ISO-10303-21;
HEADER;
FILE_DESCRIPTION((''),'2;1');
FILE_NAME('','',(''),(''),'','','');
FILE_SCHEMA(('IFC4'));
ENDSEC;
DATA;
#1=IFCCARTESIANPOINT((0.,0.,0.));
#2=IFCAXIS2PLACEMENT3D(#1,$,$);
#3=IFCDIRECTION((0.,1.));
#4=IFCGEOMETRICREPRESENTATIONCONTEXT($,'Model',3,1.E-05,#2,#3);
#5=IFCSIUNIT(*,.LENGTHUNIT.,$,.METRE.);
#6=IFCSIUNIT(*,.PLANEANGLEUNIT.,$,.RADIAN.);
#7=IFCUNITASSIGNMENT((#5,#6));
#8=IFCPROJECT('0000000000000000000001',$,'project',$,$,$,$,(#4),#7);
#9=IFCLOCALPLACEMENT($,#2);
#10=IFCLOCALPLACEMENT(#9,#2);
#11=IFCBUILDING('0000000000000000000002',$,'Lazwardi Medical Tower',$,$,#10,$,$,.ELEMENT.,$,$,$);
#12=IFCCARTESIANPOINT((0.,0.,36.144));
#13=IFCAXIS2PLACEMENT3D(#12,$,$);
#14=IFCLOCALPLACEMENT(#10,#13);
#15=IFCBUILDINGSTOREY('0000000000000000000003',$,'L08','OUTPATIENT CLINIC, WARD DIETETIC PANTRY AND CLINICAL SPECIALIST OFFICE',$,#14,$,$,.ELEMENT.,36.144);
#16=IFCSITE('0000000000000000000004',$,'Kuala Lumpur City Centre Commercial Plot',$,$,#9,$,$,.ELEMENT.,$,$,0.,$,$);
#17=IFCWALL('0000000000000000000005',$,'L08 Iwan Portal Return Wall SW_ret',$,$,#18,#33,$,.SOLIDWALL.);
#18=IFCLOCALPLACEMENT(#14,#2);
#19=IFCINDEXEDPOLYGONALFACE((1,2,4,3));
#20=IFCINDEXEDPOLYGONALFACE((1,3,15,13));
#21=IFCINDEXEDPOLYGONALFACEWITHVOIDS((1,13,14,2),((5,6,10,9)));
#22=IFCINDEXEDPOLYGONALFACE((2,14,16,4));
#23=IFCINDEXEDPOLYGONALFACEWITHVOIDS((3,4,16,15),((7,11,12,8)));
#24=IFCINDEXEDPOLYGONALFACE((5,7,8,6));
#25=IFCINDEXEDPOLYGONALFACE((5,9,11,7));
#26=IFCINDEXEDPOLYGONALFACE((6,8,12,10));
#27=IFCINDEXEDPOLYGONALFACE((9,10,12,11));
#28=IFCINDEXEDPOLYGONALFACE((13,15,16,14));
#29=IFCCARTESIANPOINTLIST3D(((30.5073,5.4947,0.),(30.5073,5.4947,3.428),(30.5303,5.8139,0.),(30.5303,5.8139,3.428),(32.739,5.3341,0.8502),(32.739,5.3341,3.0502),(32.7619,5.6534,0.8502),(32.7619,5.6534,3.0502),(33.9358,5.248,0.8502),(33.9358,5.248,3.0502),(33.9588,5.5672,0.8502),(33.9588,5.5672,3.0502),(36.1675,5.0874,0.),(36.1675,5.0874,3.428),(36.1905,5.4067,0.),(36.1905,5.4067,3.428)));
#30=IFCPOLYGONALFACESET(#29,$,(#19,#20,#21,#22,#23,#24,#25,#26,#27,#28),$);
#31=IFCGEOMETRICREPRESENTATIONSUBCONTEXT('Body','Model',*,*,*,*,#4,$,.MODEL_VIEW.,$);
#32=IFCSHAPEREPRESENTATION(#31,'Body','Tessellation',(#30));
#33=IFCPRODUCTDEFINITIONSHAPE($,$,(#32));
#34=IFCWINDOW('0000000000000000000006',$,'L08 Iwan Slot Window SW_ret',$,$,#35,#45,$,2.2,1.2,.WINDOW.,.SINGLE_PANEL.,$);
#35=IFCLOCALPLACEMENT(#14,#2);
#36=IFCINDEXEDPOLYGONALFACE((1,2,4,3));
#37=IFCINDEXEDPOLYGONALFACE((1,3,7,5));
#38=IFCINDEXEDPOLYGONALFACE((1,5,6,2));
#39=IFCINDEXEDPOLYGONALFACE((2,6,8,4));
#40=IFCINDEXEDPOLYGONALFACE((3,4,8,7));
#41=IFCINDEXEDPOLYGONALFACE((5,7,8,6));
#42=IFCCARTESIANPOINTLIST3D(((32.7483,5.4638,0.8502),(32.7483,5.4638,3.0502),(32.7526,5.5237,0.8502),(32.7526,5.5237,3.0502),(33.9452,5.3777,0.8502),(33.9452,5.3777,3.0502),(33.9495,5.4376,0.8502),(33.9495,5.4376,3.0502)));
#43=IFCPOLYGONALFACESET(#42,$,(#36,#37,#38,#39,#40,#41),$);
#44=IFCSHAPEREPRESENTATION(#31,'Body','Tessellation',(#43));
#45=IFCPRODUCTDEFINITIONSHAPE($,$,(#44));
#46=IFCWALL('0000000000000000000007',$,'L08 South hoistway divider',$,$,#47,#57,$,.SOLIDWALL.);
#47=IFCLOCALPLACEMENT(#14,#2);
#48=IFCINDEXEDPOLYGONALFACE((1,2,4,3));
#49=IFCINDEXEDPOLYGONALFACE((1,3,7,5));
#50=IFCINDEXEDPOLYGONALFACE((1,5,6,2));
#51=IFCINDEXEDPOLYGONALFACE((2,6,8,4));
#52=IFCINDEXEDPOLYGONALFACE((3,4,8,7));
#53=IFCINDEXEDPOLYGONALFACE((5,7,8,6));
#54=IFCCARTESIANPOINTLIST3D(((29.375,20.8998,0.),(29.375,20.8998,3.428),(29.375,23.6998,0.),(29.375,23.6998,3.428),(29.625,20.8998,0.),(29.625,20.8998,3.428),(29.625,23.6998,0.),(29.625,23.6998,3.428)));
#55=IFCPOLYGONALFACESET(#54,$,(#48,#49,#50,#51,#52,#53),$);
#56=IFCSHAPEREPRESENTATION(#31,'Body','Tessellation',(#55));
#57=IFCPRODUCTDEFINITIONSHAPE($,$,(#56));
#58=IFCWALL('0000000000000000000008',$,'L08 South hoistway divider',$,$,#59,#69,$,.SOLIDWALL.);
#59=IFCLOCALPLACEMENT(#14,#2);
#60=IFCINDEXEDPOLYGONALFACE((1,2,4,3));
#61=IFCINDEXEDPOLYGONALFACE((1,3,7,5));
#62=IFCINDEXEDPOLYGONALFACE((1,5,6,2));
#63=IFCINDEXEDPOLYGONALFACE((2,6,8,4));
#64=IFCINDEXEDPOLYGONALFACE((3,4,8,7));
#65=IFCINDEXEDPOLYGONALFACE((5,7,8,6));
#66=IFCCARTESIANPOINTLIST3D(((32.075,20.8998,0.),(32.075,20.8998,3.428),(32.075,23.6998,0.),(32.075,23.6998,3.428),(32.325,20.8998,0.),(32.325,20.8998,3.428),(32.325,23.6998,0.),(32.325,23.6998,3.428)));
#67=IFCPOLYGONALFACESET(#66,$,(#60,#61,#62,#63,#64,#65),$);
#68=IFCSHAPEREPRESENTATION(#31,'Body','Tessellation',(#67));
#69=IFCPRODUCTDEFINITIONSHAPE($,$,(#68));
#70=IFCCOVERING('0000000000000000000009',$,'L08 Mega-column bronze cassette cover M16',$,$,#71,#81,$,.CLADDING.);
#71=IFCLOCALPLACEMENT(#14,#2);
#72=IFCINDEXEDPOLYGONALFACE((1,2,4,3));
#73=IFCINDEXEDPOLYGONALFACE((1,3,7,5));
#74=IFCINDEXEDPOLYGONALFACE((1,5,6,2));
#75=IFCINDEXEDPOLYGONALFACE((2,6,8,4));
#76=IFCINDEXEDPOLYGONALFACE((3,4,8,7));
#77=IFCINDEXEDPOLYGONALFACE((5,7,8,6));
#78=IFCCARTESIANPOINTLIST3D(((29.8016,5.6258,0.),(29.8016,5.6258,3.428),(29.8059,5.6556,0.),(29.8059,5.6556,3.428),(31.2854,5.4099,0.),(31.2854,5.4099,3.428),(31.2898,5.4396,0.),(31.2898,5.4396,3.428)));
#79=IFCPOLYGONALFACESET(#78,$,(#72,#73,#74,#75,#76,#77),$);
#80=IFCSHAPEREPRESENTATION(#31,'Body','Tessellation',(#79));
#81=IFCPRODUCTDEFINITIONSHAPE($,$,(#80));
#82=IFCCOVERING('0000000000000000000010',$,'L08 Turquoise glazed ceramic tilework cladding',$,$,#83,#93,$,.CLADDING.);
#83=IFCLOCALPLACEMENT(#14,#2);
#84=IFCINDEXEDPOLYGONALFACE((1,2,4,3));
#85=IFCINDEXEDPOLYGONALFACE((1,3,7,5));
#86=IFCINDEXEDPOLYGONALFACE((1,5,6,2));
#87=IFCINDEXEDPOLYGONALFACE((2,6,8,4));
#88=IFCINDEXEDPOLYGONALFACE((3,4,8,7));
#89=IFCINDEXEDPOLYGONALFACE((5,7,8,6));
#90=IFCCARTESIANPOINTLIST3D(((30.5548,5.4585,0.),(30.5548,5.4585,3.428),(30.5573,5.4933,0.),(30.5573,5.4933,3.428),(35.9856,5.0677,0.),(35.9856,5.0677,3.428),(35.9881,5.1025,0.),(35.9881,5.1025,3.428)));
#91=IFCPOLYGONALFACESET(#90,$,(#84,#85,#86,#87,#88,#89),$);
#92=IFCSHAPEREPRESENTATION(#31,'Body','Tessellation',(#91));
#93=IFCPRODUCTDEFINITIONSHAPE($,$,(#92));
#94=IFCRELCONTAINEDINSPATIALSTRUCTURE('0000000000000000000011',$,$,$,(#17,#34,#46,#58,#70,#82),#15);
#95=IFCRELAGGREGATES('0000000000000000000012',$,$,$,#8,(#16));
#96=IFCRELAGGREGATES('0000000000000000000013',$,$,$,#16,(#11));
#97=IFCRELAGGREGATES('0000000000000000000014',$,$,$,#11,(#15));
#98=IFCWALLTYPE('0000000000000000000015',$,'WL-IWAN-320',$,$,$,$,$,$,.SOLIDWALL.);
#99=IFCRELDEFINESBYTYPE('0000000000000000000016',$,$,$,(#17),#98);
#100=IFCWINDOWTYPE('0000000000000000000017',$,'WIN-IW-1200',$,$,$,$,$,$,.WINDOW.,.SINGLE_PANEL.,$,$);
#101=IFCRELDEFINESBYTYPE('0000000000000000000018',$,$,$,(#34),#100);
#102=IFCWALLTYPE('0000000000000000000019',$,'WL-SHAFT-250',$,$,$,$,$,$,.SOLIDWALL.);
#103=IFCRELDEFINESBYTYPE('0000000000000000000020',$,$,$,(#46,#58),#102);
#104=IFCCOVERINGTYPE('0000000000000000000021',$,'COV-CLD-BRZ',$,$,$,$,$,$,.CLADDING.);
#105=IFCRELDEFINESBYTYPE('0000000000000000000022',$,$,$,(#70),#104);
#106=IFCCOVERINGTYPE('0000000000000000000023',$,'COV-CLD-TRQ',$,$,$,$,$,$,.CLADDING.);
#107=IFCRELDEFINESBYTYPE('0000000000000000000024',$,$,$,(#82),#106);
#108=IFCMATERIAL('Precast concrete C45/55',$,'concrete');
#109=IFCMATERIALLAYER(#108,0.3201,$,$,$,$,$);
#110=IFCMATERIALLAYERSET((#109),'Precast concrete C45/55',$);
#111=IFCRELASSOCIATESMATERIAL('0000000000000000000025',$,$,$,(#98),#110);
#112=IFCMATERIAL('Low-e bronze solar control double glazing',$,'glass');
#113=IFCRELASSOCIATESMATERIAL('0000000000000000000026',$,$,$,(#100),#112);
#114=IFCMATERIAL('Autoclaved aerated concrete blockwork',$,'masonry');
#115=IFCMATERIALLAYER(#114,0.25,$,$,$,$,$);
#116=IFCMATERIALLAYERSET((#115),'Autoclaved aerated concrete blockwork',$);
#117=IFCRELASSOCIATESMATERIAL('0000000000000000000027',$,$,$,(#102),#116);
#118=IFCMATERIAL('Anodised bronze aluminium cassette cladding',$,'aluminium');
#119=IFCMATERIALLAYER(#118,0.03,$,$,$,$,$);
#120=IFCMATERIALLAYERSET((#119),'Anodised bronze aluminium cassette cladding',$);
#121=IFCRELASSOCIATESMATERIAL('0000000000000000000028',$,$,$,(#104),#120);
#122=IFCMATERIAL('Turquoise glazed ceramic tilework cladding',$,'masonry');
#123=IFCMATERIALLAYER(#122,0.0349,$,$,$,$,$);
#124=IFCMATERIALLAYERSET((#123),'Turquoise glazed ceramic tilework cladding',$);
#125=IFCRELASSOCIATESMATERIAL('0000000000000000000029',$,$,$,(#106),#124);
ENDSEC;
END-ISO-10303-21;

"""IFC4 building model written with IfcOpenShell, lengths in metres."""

from ifc_helpers import new_model, si_unit, direction, frame, frame_2d, origin, origin_2d, place, context, subcontext, project, spatial, rectangle, extrude, material, layer, layer_set, type_object, element, fill, save


model = new_model("IFC4")

# Units and contexts
model_context = context("Model", 3, precision=1e-05, world=origin(), true_north=direction((0.0, 1.0)))
body_context = subcontext(model_context, "Body", "Model", "MODEL_VIEW")
ifc_project = project(units=[si_unit("LENGTHUNIT", "METRE"), si_unit("PLANEANGLEUNIT", "RADIAN")], contexts=[model_context])

# Site, building, storey
site_placement = place(None, origin())
site = spatial("IfcSite", under=ifc_project, at=site_placement, Name="Kuala Lumpur City Centre Commercial Plot", CompositionType="ELEMENT", RefElevation=0.0)
building_placement = place(site_placement, origin())
building = spatial("IfcBuilding", under=site, at=building_placement, Name="Lazwardi Medical Tower", CompositionType="ELEMENT")
storey_placement = place(building_placement, frame((0.0, 0.0, 36.144)))
storey = spatial("IfcBuildingStorey", under=building, at=storey_placement, Name="L08", Description="OUTPATIENT CLINIC, WARD DIETETIC PANTRY AND CLINICAL SPECIALIST OFFICE", CompositionType="ELEMENT", Elevation=36.144)

# Shared definitions
ifc_material_1 = material(Name="Low-e bronze solar control double glazing", Category="glass")

# Wall, opening, window
ifc_material_2 = material(Name="Precast concrete C45/55", Category="concrete")
ifc_layer_1 = layer(ifc_material_2, 0.3201)
ifc_layer_set_1 = layer_set([ifc_layer_1], Name="Precast concrete C45/55")
wall_type_1 = type_object("IfcWallType", Name="WL-IWAN-320", PredefinedType="SOLIDWALL", material=ifc_layer_set_1)
wall_1_placement = place(storey_placement, frame((30.5188, 5.6543, 0.0), z_axis=(0.0, 0.0, 1.0), x_axis=(0.997422, -0.071761, 0.0)))
wall_1 = element("IfcWall", 1, at=wall_1_placement, inside=storey, type_object=wall_type_1, Name="L08 Iwan Portal Return Wall SW_ret", PredefinedType="SOLIDWALL", context=body_context, shape_type="SweptSolid", body=[
    extrude(rectangle(XDim=5.6748, YDim=0.3201, at=frame_2d((2.8374, 0.0))), origin(), (0.0, 0.0, 1.0), 3.428),
])
opening_1_placement = place(wall_1_placement, frame((2.2373, 0.0, 0.8501)))
opening_1 = element("IfcOpeningElement", 2, at=opening_1_placement, cuts=wall_1, PredefinedType="OPENING", context=body_context, shape_type="SweptSolid", body=[
    extrude(rectangle(XDim=1.2, YDim=2.2, at=frame_2d((0.6001, 1.1001))), frame((0.0, 0.1699, 0.0), z_axis=(0.0, -1.0, 0.0), x_axis=(1.0, 0.0, 0.0)), (0.0, 0.0, 1.0), 0.3401),
])
window_type = type_object("IfcWindowType", Name="WIN-IW-1200", PartitioningType="SINGLE_PANEL", PredefinedType="WINDOW", material=ifc_material_1)
window_placement = place(opening_1_placement, origin())
window = element("IfcWindow", 3, at=window_placement, inside=storey, type_object=window_type, Name="L08 Iwan Slot Window SW_ret", OverallHeight=2.2, OverallWidth=1.2, PartitioningType="SINGLE_PANEL", PredefinedType="WINDOW", context=body_context, shape_type="SweptSolid", body=[
    extrude(rectangle(XDim=1.2, YDim=2.2, at=frame_2d((0.6001, 1.1001))), frame((0.0, 0.03, 0.0), z_axis=(0.0, -1.0, 0.0), x_axis=(1.0, 0.0, 0.0)), (0.0, 0.0, 1.0), 0.0601),
])
fill(opening_1, window)

# Walls
ifc_material_3 = material(Name="Autoclaved aerated concrete blockwork", Category="masonry")
ifc_layer_2 = layer(ifc_material_3, 0.25)
ifc_layer_set_2 = layer_set([ifc_layer_2], Name="Autoclaved aerated concrete blockwork")
wall_type_2 = type_object("IfcWallType", Name="WL-SHAFT-250", PredefinedType="SOLIDWALL", material=ifc_layer_set_2)
for number, where, z_axis, x_axis, name in (
    (4, (29.5, 20.8999, 0.0), (0.0, 0.0, 1.0), (0.0, 1.0, 0.0), "L08 South hoistway divider"),
    (5, (32.2, 20.8999, 0.0), (0.0, 0.0, 1.0), (0.0, 1.0, 0.0), "L08 South hoistway divider"),
):
    element("IfcWall", number, at=place(storey_placement, frame(where, z_axis=z_axis, x_axis=x_axis)), inside=storey, type_object=wall_type_2, Name=name, PredefinedType="SOLIDWALL", context=body_context, shape_type="SweptSolid", body=[
        extrude(rectangle(XDim=2.8, YDim=0.25, at=frame_2d((1.3999, 0.0))), origin(), (0.0, 0.0, 1.0), 3.428),
    ])

# Coverings
ifc_material_4 = material(Name="Anodised bronze aluminium cassette cladding", Category="aluminium")
ifc_layer_3 = layer(ifc_material_4, 0.03)
ifc_layer_set_3 = layer_set([ifc_layer_3], Name="Anodised bronze aluminium cassette cladding")
covering_type_1 = type_object("IfcCoveringType", Name="COV-CLD-BRZ", PredefinedType="CLADDING", material=ifc_layer_set_3)
covering_1_placement = place(storey_placement, frame((30.5457, 5.5327, 0.0), z_axis=(0.0, 0.0, 1.0), x_axis=(0.989573, -0.144035, 0.0)))
element("IfcCovering", 6, at=covering_1_placement, inside=storey, type_object=covering_type_1, Name="L08 Mega-column bronze cassette cover M16", PredefinedType="CLADDING", context=body_context, shape_type="SweptSolid", body=[
    extrude(rectangle(XDim=1.4995, YDim=0.03, at=origin_2d()), origin(), (0.0, 0.0, 1.0), 3.428),
])
ifc_material_5 = material(Name="Turquoise glazed ceramic tilework cladding", Category="masonry")
ifc_layer_4 = layer(ifc_material_5, 0.0349)
ifc_layer_set_4 = layer_set([ifc_layer_4], Name="Turquoise glazed ceramic tilework cladding")
covering_type_2 = type_object("IfcCoveringType", Name="COV-CLD-TRQ", PredefinedType="CLADDING", material=ifc_layer_set_4)
covering_2_placement = place(storey_placement, frame((33.2715, 5.2805, 0.0), z_axis=(0.0, 0.0, 1.0), x_axis=(0.997421, -0.071774, 0.0)))
element("IfcCovering", 7, at=covering_2_placement, inside=storey, type_object=covering_type_2, Name="L08 Turquoise glazed ceramic tilework cladding", PredefinedType="CLADDING", context=body_context, shape_type="SweptSolid", body=[
    extrude(rectangle(XDim=5.4448, YDim=0.0349, at=origin_2d()), origin(), (0.0, 0.0, 1.0), 3.428),
])

save(model, "model.ifc")
